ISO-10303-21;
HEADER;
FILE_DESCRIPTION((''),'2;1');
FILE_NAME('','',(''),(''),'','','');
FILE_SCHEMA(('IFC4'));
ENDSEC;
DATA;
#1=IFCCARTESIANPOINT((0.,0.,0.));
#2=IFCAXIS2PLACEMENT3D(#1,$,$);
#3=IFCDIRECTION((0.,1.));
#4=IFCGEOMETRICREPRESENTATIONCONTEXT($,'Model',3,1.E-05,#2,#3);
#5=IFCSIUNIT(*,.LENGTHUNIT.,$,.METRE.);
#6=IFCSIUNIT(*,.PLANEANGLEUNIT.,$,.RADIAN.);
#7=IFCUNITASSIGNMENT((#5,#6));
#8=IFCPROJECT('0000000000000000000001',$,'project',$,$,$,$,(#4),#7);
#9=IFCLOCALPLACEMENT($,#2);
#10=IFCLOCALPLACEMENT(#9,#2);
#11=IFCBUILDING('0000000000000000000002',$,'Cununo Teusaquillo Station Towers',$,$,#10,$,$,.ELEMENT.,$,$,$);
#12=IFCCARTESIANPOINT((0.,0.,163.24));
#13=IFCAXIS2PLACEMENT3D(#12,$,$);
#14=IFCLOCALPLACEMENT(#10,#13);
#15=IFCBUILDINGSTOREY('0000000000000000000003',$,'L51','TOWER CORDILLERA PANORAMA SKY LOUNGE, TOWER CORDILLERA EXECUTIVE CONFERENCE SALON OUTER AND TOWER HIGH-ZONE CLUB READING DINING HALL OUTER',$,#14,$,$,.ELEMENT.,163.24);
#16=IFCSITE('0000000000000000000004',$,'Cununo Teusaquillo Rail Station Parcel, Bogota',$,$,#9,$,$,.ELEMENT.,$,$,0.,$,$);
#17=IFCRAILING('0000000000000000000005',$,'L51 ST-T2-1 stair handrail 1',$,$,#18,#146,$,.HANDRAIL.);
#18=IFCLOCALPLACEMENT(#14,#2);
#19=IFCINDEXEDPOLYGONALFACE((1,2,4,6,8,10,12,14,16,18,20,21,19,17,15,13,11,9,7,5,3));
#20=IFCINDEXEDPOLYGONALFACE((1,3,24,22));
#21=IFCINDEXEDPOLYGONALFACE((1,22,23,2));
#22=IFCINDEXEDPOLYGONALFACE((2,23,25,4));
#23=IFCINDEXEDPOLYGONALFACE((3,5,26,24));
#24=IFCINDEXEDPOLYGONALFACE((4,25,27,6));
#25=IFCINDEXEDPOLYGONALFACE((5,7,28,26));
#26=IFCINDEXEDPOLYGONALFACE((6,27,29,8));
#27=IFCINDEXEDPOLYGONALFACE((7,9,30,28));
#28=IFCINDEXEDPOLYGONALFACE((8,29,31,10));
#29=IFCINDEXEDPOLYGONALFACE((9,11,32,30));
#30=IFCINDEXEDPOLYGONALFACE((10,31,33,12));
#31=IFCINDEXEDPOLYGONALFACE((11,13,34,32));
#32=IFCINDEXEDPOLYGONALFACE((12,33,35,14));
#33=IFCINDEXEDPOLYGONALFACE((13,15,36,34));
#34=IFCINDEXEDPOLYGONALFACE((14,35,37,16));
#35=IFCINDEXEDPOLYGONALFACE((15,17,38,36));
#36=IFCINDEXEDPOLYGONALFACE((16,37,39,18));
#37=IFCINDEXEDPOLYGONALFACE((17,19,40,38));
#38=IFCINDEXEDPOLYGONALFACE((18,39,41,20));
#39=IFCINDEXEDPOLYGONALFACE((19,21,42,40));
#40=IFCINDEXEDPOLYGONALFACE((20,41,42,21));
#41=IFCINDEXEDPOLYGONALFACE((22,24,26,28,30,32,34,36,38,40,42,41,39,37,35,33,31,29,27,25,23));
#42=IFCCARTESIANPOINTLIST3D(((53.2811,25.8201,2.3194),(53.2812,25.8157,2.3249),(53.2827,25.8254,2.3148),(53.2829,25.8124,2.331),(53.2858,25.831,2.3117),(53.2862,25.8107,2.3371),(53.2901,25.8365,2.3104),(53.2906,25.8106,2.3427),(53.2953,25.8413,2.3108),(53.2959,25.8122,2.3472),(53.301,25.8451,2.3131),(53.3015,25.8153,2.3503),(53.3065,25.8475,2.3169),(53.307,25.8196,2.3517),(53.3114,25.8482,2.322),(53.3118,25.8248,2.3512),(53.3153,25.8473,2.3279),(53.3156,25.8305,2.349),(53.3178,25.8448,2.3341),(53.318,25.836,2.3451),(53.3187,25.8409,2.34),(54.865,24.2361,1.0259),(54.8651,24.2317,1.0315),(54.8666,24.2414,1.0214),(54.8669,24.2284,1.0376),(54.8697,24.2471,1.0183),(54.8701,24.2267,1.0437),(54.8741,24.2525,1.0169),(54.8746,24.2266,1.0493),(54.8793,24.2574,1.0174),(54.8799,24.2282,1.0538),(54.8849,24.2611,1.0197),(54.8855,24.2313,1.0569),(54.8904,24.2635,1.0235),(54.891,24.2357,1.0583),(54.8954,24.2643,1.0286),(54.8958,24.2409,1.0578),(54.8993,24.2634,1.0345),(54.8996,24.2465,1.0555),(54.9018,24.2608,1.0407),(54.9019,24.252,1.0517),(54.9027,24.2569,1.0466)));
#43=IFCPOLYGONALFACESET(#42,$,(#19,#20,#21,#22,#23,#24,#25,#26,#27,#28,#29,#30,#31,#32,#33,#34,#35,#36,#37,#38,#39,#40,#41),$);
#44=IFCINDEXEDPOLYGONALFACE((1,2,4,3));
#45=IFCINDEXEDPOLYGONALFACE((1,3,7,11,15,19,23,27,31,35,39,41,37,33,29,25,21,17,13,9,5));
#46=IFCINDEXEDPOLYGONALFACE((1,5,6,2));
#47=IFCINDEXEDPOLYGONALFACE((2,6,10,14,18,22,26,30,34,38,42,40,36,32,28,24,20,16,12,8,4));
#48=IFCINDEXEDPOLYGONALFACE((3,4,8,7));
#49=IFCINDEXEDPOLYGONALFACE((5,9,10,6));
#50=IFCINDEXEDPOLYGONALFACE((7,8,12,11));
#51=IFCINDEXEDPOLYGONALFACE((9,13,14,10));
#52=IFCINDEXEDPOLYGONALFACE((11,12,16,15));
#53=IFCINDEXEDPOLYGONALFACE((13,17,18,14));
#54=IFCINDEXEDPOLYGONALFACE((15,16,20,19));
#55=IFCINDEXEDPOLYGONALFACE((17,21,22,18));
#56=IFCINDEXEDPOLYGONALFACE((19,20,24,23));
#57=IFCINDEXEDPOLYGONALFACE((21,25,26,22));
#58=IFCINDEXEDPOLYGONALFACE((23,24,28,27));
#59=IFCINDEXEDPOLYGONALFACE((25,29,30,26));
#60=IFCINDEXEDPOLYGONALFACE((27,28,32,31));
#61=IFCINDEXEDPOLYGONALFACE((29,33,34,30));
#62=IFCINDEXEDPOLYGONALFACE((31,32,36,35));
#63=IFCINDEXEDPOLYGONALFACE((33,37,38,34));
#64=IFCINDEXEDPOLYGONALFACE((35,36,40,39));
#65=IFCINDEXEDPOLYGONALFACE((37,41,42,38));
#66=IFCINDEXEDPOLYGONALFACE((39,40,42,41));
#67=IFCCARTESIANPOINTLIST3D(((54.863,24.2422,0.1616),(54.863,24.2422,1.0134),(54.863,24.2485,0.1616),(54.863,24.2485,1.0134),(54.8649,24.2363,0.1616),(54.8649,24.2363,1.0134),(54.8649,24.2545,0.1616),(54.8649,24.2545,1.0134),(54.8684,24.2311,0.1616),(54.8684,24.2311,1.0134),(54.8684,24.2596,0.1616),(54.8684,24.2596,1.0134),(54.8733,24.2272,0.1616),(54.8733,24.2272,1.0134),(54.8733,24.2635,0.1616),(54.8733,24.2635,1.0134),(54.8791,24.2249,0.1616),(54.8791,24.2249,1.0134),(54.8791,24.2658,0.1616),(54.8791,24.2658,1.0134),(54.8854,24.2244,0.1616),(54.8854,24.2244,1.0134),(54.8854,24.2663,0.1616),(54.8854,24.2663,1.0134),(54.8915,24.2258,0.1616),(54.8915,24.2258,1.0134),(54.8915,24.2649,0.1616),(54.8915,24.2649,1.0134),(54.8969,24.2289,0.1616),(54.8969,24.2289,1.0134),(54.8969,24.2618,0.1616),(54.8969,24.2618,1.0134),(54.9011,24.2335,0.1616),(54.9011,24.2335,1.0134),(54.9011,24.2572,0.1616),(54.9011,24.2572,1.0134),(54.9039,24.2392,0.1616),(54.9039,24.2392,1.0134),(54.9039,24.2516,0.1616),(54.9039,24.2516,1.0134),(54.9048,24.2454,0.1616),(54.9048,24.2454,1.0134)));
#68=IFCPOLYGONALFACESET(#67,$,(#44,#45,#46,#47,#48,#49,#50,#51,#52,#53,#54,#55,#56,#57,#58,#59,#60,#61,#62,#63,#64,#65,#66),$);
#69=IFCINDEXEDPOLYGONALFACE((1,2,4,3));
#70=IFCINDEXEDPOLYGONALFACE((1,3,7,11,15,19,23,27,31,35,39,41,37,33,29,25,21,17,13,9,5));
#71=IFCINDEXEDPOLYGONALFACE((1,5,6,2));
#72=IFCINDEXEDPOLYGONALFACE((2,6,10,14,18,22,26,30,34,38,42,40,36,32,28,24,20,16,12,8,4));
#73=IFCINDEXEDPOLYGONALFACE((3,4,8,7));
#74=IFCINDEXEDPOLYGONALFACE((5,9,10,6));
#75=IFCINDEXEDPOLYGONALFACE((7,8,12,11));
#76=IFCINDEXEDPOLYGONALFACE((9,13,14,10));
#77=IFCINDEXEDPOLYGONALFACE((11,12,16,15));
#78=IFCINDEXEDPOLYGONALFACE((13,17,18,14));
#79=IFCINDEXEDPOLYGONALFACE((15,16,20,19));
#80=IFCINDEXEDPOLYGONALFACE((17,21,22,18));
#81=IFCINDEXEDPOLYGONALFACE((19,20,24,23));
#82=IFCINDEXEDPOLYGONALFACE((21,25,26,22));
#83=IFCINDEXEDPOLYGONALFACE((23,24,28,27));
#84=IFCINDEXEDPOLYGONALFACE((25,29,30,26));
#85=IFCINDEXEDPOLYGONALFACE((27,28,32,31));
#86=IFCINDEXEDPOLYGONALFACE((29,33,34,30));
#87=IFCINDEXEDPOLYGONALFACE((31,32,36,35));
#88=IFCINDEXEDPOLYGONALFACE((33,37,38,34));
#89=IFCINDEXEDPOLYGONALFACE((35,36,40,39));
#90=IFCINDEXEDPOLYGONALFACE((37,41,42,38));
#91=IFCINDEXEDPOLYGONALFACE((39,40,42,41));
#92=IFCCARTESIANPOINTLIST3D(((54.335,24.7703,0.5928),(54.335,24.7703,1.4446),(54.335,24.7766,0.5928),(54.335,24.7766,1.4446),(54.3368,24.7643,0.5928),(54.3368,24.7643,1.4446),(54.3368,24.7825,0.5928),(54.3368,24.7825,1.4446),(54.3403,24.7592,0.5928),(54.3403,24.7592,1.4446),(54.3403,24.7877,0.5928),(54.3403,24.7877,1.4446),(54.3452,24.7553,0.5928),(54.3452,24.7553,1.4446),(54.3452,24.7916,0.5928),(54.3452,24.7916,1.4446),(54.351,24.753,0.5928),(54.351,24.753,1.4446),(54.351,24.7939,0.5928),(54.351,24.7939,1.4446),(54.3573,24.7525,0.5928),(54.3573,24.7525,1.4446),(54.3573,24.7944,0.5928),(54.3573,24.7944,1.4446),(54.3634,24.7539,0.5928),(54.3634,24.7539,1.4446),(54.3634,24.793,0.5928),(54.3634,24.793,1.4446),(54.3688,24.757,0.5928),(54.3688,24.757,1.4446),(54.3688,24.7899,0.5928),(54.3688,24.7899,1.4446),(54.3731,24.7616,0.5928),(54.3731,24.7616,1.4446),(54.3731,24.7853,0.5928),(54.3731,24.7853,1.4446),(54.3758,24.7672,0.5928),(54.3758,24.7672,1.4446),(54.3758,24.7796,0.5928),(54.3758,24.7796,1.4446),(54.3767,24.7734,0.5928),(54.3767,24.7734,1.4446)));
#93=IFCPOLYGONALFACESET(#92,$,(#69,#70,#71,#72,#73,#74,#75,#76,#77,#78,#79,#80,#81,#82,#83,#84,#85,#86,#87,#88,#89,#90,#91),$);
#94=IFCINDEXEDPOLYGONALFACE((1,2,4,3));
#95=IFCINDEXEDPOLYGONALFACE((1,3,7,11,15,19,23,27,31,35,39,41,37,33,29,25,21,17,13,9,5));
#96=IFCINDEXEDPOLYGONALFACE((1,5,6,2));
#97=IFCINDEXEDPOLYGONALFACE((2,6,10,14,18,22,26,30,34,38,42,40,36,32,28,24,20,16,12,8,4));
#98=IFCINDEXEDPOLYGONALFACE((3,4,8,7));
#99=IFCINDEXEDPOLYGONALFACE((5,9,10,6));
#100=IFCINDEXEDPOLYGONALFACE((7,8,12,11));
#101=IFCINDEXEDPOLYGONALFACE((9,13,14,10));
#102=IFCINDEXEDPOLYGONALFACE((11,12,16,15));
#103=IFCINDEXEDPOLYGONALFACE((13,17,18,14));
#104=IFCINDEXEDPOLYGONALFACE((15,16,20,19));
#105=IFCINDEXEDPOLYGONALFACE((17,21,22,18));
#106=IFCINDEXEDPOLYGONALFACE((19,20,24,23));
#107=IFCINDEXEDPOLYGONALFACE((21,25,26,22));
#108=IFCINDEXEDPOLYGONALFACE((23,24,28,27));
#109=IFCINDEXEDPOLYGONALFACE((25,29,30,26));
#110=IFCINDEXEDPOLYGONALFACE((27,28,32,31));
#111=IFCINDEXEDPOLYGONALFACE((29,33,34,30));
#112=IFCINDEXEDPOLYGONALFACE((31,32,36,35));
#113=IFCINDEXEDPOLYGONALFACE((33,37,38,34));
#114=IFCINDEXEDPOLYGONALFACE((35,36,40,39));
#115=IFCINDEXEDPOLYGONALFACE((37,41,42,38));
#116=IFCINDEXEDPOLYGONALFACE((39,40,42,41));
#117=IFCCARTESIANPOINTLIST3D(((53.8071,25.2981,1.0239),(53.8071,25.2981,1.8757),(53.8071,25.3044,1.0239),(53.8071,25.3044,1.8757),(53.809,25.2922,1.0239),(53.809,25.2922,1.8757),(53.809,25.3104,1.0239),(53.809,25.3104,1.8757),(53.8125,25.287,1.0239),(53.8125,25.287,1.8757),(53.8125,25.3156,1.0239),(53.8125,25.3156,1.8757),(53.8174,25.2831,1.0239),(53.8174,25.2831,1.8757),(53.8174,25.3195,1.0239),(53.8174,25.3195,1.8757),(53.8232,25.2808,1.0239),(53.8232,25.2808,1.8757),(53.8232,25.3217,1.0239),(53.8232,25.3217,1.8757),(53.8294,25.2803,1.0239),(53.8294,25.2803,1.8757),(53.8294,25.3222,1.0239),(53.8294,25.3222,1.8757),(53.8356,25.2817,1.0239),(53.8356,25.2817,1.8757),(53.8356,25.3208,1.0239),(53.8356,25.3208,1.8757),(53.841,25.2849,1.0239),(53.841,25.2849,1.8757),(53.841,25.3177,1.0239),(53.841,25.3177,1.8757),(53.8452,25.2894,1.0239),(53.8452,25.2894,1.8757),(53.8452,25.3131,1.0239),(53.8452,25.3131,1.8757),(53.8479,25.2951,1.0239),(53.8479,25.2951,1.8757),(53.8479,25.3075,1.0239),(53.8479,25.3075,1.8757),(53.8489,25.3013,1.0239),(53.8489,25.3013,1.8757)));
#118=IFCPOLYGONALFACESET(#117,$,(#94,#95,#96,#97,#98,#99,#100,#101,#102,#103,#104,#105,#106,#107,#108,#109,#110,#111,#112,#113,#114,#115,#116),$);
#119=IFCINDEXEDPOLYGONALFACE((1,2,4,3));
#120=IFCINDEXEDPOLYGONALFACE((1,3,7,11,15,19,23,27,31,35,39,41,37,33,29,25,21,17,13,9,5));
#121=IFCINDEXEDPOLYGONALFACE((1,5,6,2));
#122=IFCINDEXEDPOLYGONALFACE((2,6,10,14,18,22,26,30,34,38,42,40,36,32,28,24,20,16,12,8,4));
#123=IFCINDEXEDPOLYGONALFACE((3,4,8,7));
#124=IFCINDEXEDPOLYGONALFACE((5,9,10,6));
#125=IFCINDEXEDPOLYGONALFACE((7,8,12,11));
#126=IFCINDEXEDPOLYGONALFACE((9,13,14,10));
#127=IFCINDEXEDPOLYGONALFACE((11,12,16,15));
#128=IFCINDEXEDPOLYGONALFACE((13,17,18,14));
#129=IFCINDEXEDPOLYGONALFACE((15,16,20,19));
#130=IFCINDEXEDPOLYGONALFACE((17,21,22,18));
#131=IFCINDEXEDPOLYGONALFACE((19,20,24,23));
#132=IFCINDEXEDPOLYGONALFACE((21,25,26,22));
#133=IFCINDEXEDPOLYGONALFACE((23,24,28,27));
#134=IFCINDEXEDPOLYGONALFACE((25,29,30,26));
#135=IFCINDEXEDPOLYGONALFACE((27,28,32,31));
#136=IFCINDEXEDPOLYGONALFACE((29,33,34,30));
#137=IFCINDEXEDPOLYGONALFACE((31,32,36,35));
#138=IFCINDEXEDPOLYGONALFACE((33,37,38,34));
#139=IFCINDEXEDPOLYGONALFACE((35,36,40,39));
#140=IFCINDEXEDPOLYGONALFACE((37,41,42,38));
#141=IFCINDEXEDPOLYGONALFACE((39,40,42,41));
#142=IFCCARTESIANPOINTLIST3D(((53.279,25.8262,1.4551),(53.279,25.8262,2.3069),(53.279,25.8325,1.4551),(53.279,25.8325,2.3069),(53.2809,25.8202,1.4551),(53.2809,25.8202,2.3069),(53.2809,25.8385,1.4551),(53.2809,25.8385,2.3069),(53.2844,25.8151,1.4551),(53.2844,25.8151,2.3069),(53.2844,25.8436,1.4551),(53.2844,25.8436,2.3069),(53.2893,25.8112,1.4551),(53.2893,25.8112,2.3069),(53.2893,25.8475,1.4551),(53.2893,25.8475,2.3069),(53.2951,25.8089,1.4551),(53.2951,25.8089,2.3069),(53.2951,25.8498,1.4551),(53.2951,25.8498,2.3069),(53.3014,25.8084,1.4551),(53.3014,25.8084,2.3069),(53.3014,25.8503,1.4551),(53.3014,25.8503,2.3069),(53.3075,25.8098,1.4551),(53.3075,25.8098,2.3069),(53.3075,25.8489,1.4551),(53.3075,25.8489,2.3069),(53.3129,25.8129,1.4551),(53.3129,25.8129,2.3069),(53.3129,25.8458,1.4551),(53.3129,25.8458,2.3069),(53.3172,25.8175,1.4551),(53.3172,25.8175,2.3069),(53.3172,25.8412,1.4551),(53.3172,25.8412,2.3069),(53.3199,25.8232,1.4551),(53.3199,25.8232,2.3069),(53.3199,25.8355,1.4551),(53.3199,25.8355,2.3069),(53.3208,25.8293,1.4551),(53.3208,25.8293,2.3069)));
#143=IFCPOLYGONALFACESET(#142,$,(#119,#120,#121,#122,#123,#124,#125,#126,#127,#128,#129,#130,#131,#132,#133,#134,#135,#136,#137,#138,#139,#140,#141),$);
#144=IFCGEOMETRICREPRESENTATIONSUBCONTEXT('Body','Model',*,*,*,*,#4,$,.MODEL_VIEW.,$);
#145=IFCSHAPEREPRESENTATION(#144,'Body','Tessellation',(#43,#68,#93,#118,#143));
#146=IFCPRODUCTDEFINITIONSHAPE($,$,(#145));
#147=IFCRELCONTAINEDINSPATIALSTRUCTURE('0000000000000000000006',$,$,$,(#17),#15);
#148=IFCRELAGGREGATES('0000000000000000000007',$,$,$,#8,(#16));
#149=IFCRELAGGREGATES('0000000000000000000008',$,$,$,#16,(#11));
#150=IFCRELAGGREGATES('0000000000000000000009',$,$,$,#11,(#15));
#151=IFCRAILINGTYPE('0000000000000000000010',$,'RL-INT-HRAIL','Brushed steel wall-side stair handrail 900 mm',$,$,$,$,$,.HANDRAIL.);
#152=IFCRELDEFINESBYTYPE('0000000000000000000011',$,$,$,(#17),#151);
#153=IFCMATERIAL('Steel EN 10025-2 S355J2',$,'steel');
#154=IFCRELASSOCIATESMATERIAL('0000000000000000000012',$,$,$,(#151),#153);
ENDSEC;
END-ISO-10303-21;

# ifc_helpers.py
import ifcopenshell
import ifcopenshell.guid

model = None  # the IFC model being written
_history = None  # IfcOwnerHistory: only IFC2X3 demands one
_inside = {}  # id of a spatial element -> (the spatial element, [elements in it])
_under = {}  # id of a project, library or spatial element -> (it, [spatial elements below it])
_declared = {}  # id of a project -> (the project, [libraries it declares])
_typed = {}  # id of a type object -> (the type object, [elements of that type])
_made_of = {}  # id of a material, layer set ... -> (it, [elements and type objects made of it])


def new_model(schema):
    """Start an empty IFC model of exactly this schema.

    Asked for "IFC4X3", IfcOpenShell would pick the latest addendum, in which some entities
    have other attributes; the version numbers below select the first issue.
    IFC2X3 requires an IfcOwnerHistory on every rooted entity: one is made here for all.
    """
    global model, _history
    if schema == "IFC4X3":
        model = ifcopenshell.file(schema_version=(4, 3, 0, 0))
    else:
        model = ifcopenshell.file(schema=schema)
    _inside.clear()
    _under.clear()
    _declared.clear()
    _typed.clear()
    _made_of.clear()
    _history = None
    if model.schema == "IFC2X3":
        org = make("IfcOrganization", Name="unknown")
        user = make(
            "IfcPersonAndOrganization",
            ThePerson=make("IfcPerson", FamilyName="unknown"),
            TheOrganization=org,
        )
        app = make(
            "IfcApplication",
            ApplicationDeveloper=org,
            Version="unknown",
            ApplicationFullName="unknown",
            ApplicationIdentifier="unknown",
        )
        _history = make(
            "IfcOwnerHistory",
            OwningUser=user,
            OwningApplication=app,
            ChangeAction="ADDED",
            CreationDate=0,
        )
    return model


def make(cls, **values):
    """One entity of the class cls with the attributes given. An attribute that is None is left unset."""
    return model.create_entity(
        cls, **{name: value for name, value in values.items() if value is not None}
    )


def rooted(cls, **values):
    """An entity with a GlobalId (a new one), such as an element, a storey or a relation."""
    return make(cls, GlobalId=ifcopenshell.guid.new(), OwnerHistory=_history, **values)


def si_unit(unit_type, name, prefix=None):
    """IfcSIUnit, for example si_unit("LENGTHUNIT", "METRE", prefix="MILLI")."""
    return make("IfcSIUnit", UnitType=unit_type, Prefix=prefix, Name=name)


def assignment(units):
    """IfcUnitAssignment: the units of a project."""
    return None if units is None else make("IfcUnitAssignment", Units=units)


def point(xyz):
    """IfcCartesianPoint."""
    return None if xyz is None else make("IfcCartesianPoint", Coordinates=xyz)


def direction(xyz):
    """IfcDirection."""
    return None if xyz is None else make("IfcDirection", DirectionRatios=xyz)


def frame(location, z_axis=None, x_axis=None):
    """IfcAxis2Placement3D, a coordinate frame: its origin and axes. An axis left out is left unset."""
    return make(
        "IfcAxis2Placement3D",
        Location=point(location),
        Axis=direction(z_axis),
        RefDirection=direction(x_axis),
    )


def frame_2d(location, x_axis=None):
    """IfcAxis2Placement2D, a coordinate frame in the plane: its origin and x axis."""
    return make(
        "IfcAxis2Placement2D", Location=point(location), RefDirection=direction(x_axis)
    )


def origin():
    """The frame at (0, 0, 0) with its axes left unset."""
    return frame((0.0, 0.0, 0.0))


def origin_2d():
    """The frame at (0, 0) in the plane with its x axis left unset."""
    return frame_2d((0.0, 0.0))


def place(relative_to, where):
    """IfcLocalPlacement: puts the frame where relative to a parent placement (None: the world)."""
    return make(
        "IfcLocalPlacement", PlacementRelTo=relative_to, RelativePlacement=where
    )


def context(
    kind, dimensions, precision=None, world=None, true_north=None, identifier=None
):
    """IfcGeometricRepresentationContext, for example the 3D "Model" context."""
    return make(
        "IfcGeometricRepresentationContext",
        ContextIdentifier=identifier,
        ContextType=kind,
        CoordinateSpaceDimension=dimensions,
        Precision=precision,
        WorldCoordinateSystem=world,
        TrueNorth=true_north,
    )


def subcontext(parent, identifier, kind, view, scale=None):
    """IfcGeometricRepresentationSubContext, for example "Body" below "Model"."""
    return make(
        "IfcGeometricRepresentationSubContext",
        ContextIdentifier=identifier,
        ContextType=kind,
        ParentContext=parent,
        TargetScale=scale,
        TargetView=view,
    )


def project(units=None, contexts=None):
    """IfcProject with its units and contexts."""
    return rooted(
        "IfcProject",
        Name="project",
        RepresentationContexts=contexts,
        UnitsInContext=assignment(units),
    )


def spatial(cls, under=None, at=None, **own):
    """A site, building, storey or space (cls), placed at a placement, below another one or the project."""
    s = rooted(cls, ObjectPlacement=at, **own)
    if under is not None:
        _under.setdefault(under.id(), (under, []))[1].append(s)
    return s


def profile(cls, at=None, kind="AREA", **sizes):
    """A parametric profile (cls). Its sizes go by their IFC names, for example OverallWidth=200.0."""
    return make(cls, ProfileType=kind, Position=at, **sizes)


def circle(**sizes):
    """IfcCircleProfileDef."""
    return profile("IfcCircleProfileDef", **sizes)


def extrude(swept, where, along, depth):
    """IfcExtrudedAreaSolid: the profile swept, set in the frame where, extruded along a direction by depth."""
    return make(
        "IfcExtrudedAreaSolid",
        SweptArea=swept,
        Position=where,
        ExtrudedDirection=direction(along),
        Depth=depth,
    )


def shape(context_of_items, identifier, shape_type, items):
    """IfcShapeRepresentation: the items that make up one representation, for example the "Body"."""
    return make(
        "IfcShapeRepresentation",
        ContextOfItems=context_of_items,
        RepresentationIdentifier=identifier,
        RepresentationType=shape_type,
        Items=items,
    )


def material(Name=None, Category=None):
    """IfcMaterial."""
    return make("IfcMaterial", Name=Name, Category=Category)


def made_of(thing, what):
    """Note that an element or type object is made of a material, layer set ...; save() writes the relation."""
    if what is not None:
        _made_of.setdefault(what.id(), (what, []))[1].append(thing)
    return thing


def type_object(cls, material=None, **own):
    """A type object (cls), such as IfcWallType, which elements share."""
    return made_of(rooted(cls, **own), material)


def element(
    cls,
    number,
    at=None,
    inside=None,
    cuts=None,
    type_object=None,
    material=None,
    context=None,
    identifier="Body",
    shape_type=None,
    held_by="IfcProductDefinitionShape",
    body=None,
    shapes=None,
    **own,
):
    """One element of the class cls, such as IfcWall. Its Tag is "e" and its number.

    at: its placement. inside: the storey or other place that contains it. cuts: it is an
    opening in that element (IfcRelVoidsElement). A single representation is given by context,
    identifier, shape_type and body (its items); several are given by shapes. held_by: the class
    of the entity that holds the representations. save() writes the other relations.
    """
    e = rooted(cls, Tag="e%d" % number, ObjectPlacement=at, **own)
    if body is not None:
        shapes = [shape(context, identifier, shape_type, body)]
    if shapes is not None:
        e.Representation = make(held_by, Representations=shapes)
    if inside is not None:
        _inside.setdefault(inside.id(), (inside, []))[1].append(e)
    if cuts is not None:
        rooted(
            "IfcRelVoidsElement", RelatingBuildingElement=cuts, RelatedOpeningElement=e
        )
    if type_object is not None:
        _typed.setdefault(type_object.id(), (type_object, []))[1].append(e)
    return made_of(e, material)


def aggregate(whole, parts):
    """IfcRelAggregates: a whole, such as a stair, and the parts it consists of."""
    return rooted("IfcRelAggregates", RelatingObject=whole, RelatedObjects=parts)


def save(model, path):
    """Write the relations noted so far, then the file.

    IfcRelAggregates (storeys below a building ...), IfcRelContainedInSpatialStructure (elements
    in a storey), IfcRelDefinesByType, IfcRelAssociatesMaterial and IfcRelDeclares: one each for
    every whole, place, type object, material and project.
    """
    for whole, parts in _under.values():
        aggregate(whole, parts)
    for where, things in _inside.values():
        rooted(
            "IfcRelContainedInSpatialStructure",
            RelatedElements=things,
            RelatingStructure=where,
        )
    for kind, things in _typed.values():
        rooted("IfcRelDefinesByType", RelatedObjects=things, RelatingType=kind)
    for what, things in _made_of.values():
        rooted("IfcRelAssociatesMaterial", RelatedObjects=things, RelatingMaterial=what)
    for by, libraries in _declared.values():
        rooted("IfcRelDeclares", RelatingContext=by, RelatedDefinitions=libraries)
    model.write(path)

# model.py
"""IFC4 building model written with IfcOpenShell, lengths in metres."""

from ifc_helpers import new_model, si_unit, direction, frame, origin, origin_2d, place, context, subcontext, project, spatial, circle, extrude, material, type_object, element, save


model = new_model("IFC4")

# Units and contexts
model_context = context("Model", 3, precision=1e-05, world=origin(), true_north=direction((0.0, 1.0)))
body_context = subcontext(model_context, "Body", "Model", "MODEL_VIEW")
ifc_project = project(units=[si_unit("LENGTHUNIT", "METRE"), si_unit("PLANEANGLEUNIT", "RADIAN")], contexts=[model_context])

# Site, building, storey
site_placement = place(None, origin())
site = spatial("IfcSite", under=ifc_project, at=site_placement, Name="Cununo Teusaquillo Rail Station Parcel, Bogota", CompositionType="ELEMENT", RefElevation=0.0)
building_placement = place(site_placement, origin())
building = spatial("IfcBuilding", under=site, at=building_placement, Name="Cununo Teusaquillo Station Towers", CompositionType="ELEMENT")
storey_placement = place(building_placement, frame((0.0, 0.0, 163.24)))
storey = spatial("IfcBuildingStorey", under=building, at=storey_placement, Name="L51", Description="TOWER CORDILLERA PANORAMA SKY LOUNGE, TOWER CORDILLERA EXECUTIVE CONFERENCE SALON OUTER AND TOWER HIGH-ZONE CLUB READING DINING HALL OUTER", CompositionType="ELEMENT", Elevation=163.24)

# Railing
ifc_material_1 = material(Name="Steel EN 10025-2 S355J2", Category="steel")
railing_type_1 = type_object("IfcRailingType", Name="RL-INT-HRAIL", Description="Brushed steel wall-side stair handrail 900 mm", PredefinedType="HANDRAIL", material=ifc_material_1)
railing_1_placement = place(storey_placement, frame((54.8838, 24.2454, 0.1616)))
element("IfcRailing", 1, at=railing_1_placement, inside=storey, type_object=railing_type_1, Name="L51 ST-T2-1 stair handrail 1", PredefinedType="HANDRAIL", context=body_context, shape_type="SweptSolid", body=[
    extrude(circle(Radius=0.0239, at=origin_2d()), frame((0.0, 0.0, 0.876), z_axis=(-0.612356, 0.612356, 0.50004), x_axis=(-0.707107, -0.707107, 0.0)), (0.0, 0.0, 1.0), 2.5867),
    extrude(circle(Radius=0.021, at=origin_2d()), origin(), (0.0, 0.0, 1.0), 0.8518),
    extrude(circle(Radius=0.021, at=origin_2d()), frame((-0.5281, 0.5281, 0.4312)), (0.0, 0.0, 1.0), 0.8518),
    extrude(circle(Radius=0.021, at=origin_2d()), frame((-1.0559, 1.0559, 0.8623)), (0.0, 0.0, 1.0), 0.8518),
    extrude(circle(Radius=0.021, at=origin_2d()), frame((-1.584, 1.584, 1.2935)), (0.0, 0.0, 1.0), 0.8518),
])

save(model, "model.ifc")
